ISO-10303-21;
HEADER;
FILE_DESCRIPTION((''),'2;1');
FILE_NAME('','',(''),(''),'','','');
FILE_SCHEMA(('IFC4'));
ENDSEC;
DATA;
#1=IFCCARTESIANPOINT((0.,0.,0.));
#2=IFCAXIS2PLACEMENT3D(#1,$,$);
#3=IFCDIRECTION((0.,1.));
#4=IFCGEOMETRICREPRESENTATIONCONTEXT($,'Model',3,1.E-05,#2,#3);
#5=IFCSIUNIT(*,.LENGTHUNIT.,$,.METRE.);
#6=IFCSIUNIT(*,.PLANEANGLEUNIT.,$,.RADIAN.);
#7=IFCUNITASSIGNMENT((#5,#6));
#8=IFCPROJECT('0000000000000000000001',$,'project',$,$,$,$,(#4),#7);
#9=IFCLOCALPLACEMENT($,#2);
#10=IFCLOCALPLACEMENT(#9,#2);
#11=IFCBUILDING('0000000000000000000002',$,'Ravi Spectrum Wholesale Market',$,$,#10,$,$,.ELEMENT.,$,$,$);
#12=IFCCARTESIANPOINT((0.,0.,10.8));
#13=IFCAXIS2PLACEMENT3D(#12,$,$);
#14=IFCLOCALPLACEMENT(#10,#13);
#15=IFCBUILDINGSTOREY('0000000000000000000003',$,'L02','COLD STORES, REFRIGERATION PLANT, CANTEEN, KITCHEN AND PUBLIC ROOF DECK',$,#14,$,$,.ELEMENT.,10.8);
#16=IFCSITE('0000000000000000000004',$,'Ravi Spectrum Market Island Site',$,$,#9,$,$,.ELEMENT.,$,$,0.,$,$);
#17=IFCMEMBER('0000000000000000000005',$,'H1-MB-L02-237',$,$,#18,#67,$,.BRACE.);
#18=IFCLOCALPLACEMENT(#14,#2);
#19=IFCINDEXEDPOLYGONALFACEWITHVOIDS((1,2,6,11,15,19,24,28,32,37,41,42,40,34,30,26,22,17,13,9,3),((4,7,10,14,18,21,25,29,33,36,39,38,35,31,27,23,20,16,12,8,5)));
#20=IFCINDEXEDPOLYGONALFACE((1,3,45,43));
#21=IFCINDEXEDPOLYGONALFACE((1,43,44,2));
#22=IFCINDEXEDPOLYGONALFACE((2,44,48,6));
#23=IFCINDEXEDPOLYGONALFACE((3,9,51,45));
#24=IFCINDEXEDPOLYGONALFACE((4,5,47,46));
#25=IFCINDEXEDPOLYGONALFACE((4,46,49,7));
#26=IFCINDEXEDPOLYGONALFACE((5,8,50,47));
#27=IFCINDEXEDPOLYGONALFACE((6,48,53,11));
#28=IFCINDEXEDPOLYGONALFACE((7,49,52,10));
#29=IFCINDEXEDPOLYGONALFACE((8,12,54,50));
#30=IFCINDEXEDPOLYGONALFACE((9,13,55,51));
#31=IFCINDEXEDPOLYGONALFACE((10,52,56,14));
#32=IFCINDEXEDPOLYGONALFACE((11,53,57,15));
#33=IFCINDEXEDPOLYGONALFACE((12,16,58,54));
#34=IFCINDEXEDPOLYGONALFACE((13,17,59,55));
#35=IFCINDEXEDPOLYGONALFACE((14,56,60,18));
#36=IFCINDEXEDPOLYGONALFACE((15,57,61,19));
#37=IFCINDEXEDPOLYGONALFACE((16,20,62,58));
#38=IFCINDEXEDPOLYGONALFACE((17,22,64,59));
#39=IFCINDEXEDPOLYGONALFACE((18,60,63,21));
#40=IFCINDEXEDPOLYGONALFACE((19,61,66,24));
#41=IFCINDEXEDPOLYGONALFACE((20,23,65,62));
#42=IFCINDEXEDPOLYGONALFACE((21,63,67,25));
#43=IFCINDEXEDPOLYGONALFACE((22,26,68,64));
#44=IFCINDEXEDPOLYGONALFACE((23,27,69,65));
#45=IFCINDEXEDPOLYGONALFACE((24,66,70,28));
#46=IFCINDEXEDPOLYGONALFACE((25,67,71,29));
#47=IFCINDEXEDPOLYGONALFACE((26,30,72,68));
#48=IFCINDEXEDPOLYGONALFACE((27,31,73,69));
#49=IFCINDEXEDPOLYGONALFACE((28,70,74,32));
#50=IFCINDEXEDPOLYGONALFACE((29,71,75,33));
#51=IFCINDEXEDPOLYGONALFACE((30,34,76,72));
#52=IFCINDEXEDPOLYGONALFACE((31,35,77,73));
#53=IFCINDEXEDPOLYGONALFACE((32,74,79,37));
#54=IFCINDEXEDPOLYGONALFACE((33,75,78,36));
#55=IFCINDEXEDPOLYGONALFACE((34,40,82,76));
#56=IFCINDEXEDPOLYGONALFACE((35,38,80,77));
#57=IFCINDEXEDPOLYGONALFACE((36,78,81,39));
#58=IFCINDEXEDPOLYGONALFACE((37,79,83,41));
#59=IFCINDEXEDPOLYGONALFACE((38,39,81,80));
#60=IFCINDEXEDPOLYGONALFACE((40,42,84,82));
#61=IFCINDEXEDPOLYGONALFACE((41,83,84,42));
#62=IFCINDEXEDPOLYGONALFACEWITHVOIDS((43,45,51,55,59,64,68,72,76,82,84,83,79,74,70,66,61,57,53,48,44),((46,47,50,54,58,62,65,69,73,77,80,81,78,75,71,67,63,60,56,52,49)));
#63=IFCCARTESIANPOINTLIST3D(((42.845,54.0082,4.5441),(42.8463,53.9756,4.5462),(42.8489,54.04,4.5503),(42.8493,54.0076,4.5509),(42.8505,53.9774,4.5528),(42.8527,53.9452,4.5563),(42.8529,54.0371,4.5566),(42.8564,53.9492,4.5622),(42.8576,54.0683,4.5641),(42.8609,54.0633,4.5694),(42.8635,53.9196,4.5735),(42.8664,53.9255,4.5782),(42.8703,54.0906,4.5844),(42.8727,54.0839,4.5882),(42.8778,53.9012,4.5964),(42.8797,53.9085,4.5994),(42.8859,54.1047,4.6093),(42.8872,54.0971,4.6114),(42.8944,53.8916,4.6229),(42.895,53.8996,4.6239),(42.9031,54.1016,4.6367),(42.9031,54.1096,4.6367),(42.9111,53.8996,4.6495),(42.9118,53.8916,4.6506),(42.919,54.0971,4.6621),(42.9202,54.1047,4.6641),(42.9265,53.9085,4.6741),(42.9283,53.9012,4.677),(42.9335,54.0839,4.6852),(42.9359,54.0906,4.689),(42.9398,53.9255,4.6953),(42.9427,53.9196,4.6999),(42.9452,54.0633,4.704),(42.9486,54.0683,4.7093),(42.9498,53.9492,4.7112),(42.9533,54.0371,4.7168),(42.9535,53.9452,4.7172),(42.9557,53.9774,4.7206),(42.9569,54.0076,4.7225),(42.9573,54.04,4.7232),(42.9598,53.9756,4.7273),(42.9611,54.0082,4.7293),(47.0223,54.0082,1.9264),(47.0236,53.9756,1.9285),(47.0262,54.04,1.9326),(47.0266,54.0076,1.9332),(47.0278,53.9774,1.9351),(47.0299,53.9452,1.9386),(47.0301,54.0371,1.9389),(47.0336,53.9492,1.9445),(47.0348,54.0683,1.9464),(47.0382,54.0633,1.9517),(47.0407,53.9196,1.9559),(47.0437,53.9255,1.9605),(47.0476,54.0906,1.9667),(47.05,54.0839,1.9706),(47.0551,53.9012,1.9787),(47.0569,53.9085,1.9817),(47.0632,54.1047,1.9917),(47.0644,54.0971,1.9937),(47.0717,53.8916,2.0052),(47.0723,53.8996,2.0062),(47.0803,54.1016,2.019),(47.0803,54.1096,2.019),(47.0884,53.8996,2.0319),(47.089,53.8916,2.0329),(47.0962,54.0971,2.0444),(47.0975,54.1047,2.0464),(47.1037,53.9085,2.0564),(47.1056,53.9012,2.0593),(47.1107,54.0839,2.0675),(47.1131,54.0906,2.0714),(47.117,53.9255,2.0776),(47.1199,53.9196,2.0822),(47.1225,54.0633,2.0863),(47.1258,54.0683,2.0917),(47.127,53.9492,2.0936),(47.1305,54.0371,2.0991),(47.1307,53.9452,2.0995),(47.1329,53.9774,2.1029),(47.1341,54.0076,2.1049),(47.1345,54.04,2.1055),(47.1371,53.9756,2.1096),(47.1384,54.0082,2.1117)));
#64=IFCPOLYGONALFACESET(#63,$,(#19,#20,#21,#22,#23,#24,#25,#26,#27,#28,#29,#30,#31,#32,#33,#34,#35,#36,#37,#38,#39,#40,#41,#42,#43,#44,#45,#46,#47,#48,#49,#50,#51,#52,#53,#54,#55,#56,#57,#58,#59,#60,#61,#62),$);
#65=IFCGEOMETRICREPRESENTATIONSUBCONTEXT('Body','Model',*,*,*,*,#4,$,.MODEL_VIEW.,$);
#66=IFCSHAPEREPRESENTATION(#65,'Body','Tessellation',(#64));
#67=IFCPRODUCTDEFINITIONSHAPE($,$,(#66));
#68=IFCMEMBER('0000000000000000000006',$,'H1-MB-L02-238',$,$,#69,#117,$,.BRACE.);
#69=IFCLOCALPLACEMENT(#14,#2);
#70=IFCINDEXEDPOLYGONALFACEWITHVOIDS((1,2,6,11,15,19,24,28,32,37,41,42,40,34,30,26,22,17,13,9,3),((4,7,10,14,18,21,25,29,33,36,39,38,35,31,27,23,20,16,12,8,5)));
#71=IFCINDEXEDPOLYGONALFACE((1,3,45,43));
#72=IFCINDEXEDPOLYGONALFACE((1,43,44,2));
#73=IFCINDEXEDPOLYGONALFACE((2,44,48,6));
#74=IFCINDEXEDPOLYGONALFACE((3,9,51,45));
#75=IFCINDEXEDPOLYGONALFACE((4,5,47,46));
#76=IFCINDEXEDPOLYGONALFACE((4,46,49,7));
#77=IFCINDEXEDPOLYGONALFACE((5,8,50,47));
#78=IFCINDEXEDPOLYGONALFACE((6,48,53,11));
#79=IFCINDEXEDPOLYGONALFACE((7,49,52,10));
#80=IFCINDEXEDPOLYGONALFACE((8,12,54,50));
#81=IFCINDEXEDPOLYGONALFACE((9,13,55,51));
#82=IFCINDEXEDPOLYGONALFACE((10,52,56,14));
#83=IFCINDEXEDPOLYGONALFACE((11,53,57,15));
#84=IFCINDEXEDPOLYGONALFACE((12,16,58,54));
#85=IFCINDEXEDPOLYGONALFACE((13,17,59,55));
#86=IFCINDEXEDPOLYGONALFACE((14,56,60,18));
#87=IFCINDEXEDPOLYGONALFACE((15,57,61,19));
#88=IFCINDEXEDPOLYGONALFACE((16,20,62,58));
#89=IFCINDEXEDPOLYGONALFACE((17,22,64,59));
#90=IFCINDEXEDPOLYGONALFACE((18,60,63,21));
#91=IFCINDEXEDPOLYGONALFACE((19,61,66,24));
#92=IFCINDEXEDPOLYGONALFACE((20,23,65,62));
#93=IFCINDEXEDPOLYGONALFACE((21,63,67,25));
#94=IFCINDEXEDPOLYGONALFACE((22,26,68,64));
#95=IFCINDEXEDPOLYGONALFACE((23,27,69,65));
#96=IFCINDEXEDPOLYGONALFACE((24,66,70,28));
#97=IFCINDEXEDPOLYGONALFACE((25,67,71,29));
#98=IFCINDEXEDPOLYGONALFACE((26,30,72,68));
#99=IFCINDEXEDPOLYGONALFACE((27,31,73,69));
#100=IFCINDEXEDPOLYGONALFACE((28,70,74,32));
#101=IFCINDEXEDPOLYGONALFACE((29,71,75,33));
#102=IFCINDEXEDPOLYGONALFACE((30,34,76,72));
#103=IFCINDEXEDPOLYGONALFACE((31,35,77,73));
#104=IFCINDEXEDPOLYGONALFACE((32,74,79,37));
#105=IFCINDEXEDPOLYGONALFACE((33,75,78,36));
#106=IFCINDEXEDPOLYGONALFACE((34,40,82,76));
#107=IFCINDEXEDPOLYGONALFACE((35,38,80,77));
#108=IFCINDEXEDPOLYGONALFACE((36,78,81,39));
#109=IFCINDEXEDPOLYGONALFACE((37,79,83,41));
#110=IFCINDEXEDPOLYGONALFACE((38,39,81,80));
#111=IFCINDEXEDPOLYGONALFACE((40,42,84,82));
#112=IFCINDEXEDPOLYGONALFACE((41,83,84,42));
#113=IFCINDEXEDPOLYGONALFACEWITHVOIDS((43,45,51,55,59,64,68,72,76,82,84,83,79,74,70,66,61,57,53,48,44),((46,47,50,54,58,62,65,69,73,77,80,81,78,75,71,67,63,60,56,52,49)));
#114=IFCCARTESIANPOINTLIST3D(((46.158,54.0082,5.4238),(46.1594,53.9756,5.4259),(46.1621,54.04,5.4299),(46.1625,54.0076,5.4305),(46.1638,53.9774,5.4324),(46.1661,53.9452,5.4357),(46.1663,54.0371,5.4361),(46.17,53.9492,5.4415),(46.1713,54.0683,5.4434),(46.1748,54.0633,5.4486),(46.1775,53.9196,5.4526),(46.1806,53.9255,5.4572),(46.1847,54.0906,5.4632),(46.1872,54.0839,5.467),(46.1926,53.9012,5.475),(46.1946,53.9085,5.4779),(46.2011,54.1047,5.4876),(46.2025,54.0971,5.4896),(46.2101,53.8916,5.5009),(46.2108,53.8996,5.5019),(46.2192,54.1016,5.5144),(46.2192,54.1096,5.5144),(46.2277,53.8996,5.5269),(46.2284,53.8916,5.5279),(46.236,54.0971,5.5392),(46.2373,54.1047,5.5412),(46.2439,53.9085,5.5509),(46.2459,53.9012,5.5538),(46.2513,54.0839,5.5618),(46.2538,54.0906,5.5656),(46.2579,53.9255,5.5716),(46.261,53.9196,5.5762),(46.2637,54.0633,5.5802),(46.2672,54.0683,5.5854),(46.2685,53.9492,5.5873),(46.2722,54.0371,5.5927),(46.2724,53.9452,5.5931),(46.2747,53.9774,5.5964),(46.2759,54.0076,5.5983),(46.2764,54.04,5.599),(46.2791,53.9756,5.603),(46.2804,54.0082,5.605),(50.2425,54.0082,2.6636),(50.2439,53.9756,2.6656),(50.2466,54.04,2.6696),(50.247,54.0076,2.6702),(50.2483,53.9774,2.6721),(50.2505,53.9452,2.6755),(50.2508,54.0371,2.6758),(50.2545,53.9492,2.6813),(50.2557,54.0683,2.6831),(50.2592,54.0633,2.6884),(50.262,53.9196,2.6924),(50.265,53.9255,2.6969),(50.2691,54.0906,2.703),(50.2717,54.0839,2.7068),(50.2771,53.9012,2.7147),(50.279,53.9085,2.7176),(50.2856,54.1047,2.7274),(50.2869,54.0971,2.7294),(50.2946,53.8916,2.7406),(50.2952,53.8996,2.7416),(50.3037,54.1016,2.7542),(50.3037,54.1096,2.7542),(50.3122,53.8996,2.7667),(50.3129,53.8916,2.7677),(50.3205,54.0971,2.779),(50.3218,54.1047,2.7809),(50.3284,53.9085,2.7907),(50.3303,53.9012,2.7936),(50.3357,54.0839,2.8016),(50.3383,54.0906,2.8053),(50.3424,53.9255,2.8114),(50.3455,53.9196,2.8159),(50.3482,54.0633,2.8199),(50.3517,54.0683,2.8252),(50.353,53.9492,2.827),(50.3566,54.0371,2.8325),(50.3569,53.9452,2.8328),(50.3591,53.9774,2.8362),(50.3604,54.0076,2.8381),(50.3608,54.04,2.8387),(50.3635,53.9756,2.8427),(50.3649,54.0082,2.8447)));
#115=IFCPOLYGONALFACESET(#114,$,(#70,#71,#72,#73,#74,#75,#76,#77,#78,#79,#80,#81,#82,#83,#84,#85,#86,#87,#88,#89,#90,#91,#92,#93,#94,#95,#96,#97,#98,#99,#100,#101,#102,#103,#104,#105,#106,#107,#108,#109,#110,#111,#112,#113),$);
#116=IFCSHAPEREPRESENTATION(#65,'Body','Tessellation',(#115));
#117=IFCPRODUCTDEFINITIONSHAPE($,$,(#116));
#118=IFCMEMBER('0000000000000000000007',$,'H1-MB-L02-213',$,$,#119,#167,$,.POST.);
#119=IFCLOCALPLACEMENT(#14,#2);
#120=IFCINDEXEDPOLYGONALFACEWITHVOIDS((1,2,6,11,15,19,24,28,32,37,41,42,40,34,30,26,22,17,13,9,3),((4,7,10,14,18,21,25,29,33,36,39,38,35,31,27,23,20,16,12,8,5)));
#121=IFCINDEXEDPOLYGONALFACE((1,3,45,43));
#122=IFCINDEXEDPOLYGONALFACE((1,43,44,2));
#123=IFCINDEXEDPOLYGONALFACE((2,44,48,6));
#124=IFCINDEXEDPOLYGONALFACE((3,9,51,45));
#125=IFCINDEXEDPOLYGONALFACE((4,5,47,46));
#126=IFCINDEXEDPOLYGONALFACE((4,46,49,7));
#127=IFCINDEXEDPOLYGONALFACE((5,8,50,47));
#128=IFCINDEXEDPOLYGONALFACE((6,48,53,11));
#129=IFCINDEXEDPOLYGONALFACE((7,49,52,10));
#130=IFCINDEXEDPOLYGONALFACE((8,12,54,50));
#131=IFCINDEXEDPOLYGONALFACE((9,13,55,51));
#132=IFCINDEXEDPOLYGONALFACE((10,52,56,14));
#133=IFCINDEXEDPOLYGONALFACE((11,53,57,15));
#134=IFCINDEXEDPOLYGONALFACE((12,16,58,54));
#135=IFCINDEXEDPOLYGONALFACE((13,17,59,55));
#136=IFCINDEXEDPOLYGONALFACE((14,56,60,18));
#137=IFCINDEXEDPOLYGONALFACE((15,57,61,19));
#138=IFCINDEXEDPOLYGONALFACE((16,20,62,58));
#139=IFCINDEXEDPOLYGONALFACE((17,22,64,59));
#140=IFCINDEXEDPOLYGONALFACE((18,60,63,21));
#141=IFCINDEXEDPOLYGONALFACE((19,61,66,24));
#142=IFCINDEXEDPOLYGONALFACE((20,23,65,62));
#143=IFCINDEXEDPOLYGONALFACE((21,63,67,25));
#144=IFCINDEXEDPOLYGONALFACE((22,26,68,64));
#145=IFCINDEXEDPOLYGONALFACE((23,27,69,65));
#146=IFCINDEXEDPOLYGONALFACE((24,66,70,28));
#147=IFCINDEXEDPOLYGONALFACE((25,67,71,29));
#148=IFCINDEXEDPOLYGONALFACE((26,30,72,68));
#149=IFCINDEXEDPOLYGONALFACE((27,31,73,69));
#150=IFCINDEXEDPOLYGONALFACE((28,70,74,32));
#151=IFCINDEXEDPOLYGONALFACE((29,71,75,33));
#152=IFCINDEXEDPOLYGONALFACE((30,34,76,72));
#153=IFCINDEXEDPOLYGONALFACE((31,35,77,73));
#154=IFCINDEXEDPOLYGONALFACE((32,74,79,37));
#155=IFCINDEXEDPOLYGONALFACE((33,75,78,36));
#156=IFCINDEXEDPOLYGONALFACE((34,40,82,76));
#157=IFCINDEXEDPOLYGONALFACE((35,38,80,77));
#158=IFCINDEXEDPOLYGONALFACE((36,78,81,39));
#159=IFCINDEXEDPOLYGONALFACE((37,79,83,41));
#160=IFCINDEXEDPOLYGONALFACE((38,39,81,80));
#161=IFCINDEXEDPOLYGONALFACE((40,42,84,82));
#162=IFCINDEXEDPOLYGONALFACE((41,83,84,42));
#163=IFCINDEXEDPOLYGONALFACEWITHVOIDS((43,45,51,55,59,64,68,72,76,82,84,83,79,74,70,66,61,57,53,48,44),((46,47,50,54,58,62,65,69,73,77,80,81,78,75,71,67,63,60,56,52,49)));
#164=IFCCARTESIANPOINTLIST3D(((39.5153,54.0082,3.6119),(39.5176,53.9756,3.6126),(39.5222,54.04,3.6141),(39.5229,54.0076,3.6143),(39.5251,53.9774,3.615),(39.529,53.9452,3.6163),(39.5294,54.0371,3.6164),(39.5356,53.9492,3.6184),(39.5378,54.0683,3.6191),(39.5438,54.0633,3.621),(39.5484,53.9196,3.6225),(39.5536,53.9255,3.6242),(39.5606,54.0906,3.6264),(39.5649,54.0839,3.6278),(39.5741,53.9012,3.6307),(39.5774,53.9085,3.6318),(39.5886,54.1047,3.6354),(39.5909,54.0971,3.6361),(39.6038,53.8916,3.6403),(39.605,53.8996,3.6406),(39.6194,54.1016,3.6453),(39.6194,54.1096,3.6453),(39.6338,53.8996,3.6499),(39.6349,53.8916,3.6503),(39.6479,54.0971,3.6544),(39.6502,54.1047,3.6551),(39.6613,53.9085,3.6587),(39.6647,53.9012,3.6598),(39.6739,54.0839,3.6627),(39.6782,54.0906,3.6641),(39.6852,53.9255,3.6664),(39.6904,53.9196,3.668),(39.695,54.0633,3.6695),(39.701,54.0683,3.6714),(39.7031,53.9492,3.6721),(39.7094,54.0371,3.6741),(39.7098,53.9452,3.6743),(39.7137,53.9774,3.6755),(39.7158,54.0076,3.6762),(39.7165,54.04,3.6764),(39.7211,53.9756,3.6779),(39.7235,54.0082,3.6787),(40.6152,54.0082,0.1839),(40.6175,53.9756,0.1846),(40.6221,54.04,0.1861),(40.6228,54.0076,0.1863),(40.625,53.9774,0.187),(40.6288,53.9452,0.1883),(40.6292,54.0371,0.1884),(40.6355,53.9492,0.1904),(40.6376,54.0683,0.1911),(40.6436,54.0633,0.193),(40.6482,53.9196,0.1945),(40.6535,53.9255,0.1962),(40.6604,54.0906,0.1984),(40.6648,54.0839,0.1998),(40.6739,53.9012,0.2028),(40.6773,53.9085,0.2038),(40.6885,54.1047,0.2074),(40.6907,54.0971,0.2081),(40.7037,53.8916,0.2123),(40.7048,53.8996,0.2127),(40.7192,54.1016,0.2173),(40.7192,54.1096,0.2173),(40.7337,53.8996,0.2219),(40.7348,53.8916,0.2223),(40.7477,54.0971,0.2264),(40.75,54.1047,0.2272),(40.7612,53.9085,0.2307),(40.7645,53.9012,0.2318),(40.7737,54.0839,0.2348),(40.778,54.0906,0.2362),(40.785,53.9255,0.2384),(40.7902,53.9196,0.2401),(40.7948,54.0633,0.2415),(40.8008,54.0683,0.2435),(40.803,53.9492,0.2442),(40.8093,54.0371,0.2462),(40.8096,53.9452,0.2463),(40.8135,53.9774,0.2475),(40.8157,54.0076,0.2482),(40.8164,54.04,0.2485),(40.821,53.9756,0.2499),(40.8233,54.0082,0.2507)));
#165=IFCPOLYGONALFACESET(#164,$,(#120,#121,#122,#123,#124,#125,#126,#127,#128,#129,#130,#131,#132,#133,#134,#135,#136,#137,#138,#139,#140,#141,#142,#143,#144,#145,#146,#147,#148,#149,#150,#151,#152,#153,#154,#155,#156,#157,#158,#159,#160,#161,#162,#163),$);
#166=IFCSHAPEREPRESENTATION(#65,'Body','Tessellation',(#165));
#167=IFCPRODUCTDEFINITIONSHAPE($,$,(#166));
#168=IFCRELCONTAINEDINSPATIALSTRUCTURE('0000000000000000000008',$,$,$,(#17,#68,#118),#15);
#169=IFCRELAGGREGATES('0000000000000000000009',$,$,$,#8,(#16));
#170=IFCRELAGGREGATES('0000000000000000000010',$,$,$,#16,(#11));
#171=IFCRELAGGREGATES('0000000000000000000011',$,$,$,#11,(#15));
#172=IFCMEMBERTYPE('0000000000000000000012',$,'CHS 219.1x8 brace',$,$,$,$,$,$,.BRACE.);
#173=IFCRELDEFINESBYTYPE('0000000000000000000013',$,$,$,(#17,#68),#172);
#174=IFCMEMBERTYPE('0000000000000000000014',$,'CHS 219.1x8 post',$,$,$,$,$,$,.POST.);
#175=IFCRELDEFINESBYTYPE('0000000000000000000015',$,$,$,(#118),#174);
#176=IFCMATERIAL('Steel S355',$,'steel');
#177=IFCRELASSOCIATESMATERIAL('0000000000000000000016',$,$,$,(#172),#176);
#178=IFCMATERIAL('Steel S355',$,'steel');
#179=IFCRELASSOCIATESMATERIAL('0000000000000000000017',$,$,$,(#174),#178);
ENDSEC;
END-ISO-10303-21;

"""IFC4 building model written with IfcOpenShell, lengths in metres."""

from ifc_helpers import new_model, si_unit, direction, frame, origin, origin_2d, place, context, subcontext, project, spatial, hollow_circle, extrude, material, material_profile, profile_set, type_object, element, save


model = new_model("IFC4")

# Units and contexts
model_context = context("Model", 3, precision=1e-05, world=origin(), true_north=direction((0.0, 1.0)))
body_context = subcontext(model_context, "Body", "Model", "MODEL_VIEW")
ifc_project = project(units=[si_unit("LENGTHUNIT", "METRE"), si_unit("PLANEANGLEUNIT", "RADIAN")], contexts=[model_context])

# Site, building, storey
site_placement = place(None, origin())
site = spatial("IfcSite", under=ifc_project, at=site_placement, Name="Ravi Spectrum Market Island Site", CompositionType="ELEMENT", RefElevation=0.0)
building_placement = place(site_placement, origin())
building = spatial("IfcBuilding", under=site, at=building_placement, Name="Ravi Spectrum Wholesale Market", CompositionType="ELEMENT")
storey_placement = place(building_placement, frame((0.0, 0.0, 10.8)))
storey = spatial("IfcBuildingStorey", under=building, at=storey_placement, Name="L02", Description="COLD STORES, REFRIGERATION PLANT, CANTEEN, KITCHEN AND PUBLIC ROOF DECK", CompositionType="ELEMENT", Elevation=10.8)

# Members
ifc_material_1 = material(Name="Steel S355", Category="steel")
ifc_material_profile_1 = material_profile(ifc_material_1, hollow_circle(Radius=0.1096, WallThickness=0.0081, at=origin_2d()))
ifc_profile_set_1 = profile_set([ifc_material_profile_1], Name="Steel S355")
member_type_1 = type_object("IfcMemberType", Name="CHS 219.1x8 brace", PredefinedType="BRACE", material=ifc_profile_set_1)
for number, where, z_axis, x_axis, name in (
    (1, (42.9031, 54.0, 4.6367), (0.847369, 0.0, -0.531005), (0.0, 1.0, 0.0), "H1-MB-L02-237"),
    (2, (46.2192, 54.0, 5.5144), (0.828544, 0.0, -0.559924), (0.0, 1.0, 0.0), "H1-MB-L02-238"),
):
    element("IfcMember", number, at=place(storey_placement, frame(where, z_axis=z_axis, x_axis=x_axis)), inside=storey, type_object=member_type_1, Name=name, PredefinedType="BRACE", context=body_context, shape_type="SweptSolid", body=[
        extrude(hollow_circle(Radius=0.1096, WallThickness=0.0081, at=origin_2d()), origin(), (0.0, 0.0, 1.0), 4.9297),
    ])
ifc_material_2 = material(Name="Steel S355", Category="steel")
ifc_material_profile_2 = material_profile(ifc_material_2, hollow_circle(Radius=0.1096, WallThickness=0.0081, at=origin_2d()))
ifc_profile_set_2 = profile_set([ifc_material_profile_2], Name="Steel S355")
member_type_2 = type_object("IfcMemberType", Name="CHS 219.1x8 post", PredefinedType="POST", material=ifc_profile_set_2)
member_1_placement = place(storey_placement, frame((39.6194, 54.0, 3.6453), z_axis=(0.305506, 0.0, -0.95219), x_axis=(0.0, 1.0, 0.0)))
element("IfcMember", 3, at=member_1_placement, inside=storey, type_object=member_type_2, Name="H1-MB-L02-213", PredefinedType="POST", context=body_context, shape_type="SweptSolid", body=[
    extrude(hollow_circle(Radius=0.1096, WallThickness=0.0081, at=origin_2d()), origin(), (0.0, 0.0, 1.0), 3.6001),
])

save(model, "model.ifc")
